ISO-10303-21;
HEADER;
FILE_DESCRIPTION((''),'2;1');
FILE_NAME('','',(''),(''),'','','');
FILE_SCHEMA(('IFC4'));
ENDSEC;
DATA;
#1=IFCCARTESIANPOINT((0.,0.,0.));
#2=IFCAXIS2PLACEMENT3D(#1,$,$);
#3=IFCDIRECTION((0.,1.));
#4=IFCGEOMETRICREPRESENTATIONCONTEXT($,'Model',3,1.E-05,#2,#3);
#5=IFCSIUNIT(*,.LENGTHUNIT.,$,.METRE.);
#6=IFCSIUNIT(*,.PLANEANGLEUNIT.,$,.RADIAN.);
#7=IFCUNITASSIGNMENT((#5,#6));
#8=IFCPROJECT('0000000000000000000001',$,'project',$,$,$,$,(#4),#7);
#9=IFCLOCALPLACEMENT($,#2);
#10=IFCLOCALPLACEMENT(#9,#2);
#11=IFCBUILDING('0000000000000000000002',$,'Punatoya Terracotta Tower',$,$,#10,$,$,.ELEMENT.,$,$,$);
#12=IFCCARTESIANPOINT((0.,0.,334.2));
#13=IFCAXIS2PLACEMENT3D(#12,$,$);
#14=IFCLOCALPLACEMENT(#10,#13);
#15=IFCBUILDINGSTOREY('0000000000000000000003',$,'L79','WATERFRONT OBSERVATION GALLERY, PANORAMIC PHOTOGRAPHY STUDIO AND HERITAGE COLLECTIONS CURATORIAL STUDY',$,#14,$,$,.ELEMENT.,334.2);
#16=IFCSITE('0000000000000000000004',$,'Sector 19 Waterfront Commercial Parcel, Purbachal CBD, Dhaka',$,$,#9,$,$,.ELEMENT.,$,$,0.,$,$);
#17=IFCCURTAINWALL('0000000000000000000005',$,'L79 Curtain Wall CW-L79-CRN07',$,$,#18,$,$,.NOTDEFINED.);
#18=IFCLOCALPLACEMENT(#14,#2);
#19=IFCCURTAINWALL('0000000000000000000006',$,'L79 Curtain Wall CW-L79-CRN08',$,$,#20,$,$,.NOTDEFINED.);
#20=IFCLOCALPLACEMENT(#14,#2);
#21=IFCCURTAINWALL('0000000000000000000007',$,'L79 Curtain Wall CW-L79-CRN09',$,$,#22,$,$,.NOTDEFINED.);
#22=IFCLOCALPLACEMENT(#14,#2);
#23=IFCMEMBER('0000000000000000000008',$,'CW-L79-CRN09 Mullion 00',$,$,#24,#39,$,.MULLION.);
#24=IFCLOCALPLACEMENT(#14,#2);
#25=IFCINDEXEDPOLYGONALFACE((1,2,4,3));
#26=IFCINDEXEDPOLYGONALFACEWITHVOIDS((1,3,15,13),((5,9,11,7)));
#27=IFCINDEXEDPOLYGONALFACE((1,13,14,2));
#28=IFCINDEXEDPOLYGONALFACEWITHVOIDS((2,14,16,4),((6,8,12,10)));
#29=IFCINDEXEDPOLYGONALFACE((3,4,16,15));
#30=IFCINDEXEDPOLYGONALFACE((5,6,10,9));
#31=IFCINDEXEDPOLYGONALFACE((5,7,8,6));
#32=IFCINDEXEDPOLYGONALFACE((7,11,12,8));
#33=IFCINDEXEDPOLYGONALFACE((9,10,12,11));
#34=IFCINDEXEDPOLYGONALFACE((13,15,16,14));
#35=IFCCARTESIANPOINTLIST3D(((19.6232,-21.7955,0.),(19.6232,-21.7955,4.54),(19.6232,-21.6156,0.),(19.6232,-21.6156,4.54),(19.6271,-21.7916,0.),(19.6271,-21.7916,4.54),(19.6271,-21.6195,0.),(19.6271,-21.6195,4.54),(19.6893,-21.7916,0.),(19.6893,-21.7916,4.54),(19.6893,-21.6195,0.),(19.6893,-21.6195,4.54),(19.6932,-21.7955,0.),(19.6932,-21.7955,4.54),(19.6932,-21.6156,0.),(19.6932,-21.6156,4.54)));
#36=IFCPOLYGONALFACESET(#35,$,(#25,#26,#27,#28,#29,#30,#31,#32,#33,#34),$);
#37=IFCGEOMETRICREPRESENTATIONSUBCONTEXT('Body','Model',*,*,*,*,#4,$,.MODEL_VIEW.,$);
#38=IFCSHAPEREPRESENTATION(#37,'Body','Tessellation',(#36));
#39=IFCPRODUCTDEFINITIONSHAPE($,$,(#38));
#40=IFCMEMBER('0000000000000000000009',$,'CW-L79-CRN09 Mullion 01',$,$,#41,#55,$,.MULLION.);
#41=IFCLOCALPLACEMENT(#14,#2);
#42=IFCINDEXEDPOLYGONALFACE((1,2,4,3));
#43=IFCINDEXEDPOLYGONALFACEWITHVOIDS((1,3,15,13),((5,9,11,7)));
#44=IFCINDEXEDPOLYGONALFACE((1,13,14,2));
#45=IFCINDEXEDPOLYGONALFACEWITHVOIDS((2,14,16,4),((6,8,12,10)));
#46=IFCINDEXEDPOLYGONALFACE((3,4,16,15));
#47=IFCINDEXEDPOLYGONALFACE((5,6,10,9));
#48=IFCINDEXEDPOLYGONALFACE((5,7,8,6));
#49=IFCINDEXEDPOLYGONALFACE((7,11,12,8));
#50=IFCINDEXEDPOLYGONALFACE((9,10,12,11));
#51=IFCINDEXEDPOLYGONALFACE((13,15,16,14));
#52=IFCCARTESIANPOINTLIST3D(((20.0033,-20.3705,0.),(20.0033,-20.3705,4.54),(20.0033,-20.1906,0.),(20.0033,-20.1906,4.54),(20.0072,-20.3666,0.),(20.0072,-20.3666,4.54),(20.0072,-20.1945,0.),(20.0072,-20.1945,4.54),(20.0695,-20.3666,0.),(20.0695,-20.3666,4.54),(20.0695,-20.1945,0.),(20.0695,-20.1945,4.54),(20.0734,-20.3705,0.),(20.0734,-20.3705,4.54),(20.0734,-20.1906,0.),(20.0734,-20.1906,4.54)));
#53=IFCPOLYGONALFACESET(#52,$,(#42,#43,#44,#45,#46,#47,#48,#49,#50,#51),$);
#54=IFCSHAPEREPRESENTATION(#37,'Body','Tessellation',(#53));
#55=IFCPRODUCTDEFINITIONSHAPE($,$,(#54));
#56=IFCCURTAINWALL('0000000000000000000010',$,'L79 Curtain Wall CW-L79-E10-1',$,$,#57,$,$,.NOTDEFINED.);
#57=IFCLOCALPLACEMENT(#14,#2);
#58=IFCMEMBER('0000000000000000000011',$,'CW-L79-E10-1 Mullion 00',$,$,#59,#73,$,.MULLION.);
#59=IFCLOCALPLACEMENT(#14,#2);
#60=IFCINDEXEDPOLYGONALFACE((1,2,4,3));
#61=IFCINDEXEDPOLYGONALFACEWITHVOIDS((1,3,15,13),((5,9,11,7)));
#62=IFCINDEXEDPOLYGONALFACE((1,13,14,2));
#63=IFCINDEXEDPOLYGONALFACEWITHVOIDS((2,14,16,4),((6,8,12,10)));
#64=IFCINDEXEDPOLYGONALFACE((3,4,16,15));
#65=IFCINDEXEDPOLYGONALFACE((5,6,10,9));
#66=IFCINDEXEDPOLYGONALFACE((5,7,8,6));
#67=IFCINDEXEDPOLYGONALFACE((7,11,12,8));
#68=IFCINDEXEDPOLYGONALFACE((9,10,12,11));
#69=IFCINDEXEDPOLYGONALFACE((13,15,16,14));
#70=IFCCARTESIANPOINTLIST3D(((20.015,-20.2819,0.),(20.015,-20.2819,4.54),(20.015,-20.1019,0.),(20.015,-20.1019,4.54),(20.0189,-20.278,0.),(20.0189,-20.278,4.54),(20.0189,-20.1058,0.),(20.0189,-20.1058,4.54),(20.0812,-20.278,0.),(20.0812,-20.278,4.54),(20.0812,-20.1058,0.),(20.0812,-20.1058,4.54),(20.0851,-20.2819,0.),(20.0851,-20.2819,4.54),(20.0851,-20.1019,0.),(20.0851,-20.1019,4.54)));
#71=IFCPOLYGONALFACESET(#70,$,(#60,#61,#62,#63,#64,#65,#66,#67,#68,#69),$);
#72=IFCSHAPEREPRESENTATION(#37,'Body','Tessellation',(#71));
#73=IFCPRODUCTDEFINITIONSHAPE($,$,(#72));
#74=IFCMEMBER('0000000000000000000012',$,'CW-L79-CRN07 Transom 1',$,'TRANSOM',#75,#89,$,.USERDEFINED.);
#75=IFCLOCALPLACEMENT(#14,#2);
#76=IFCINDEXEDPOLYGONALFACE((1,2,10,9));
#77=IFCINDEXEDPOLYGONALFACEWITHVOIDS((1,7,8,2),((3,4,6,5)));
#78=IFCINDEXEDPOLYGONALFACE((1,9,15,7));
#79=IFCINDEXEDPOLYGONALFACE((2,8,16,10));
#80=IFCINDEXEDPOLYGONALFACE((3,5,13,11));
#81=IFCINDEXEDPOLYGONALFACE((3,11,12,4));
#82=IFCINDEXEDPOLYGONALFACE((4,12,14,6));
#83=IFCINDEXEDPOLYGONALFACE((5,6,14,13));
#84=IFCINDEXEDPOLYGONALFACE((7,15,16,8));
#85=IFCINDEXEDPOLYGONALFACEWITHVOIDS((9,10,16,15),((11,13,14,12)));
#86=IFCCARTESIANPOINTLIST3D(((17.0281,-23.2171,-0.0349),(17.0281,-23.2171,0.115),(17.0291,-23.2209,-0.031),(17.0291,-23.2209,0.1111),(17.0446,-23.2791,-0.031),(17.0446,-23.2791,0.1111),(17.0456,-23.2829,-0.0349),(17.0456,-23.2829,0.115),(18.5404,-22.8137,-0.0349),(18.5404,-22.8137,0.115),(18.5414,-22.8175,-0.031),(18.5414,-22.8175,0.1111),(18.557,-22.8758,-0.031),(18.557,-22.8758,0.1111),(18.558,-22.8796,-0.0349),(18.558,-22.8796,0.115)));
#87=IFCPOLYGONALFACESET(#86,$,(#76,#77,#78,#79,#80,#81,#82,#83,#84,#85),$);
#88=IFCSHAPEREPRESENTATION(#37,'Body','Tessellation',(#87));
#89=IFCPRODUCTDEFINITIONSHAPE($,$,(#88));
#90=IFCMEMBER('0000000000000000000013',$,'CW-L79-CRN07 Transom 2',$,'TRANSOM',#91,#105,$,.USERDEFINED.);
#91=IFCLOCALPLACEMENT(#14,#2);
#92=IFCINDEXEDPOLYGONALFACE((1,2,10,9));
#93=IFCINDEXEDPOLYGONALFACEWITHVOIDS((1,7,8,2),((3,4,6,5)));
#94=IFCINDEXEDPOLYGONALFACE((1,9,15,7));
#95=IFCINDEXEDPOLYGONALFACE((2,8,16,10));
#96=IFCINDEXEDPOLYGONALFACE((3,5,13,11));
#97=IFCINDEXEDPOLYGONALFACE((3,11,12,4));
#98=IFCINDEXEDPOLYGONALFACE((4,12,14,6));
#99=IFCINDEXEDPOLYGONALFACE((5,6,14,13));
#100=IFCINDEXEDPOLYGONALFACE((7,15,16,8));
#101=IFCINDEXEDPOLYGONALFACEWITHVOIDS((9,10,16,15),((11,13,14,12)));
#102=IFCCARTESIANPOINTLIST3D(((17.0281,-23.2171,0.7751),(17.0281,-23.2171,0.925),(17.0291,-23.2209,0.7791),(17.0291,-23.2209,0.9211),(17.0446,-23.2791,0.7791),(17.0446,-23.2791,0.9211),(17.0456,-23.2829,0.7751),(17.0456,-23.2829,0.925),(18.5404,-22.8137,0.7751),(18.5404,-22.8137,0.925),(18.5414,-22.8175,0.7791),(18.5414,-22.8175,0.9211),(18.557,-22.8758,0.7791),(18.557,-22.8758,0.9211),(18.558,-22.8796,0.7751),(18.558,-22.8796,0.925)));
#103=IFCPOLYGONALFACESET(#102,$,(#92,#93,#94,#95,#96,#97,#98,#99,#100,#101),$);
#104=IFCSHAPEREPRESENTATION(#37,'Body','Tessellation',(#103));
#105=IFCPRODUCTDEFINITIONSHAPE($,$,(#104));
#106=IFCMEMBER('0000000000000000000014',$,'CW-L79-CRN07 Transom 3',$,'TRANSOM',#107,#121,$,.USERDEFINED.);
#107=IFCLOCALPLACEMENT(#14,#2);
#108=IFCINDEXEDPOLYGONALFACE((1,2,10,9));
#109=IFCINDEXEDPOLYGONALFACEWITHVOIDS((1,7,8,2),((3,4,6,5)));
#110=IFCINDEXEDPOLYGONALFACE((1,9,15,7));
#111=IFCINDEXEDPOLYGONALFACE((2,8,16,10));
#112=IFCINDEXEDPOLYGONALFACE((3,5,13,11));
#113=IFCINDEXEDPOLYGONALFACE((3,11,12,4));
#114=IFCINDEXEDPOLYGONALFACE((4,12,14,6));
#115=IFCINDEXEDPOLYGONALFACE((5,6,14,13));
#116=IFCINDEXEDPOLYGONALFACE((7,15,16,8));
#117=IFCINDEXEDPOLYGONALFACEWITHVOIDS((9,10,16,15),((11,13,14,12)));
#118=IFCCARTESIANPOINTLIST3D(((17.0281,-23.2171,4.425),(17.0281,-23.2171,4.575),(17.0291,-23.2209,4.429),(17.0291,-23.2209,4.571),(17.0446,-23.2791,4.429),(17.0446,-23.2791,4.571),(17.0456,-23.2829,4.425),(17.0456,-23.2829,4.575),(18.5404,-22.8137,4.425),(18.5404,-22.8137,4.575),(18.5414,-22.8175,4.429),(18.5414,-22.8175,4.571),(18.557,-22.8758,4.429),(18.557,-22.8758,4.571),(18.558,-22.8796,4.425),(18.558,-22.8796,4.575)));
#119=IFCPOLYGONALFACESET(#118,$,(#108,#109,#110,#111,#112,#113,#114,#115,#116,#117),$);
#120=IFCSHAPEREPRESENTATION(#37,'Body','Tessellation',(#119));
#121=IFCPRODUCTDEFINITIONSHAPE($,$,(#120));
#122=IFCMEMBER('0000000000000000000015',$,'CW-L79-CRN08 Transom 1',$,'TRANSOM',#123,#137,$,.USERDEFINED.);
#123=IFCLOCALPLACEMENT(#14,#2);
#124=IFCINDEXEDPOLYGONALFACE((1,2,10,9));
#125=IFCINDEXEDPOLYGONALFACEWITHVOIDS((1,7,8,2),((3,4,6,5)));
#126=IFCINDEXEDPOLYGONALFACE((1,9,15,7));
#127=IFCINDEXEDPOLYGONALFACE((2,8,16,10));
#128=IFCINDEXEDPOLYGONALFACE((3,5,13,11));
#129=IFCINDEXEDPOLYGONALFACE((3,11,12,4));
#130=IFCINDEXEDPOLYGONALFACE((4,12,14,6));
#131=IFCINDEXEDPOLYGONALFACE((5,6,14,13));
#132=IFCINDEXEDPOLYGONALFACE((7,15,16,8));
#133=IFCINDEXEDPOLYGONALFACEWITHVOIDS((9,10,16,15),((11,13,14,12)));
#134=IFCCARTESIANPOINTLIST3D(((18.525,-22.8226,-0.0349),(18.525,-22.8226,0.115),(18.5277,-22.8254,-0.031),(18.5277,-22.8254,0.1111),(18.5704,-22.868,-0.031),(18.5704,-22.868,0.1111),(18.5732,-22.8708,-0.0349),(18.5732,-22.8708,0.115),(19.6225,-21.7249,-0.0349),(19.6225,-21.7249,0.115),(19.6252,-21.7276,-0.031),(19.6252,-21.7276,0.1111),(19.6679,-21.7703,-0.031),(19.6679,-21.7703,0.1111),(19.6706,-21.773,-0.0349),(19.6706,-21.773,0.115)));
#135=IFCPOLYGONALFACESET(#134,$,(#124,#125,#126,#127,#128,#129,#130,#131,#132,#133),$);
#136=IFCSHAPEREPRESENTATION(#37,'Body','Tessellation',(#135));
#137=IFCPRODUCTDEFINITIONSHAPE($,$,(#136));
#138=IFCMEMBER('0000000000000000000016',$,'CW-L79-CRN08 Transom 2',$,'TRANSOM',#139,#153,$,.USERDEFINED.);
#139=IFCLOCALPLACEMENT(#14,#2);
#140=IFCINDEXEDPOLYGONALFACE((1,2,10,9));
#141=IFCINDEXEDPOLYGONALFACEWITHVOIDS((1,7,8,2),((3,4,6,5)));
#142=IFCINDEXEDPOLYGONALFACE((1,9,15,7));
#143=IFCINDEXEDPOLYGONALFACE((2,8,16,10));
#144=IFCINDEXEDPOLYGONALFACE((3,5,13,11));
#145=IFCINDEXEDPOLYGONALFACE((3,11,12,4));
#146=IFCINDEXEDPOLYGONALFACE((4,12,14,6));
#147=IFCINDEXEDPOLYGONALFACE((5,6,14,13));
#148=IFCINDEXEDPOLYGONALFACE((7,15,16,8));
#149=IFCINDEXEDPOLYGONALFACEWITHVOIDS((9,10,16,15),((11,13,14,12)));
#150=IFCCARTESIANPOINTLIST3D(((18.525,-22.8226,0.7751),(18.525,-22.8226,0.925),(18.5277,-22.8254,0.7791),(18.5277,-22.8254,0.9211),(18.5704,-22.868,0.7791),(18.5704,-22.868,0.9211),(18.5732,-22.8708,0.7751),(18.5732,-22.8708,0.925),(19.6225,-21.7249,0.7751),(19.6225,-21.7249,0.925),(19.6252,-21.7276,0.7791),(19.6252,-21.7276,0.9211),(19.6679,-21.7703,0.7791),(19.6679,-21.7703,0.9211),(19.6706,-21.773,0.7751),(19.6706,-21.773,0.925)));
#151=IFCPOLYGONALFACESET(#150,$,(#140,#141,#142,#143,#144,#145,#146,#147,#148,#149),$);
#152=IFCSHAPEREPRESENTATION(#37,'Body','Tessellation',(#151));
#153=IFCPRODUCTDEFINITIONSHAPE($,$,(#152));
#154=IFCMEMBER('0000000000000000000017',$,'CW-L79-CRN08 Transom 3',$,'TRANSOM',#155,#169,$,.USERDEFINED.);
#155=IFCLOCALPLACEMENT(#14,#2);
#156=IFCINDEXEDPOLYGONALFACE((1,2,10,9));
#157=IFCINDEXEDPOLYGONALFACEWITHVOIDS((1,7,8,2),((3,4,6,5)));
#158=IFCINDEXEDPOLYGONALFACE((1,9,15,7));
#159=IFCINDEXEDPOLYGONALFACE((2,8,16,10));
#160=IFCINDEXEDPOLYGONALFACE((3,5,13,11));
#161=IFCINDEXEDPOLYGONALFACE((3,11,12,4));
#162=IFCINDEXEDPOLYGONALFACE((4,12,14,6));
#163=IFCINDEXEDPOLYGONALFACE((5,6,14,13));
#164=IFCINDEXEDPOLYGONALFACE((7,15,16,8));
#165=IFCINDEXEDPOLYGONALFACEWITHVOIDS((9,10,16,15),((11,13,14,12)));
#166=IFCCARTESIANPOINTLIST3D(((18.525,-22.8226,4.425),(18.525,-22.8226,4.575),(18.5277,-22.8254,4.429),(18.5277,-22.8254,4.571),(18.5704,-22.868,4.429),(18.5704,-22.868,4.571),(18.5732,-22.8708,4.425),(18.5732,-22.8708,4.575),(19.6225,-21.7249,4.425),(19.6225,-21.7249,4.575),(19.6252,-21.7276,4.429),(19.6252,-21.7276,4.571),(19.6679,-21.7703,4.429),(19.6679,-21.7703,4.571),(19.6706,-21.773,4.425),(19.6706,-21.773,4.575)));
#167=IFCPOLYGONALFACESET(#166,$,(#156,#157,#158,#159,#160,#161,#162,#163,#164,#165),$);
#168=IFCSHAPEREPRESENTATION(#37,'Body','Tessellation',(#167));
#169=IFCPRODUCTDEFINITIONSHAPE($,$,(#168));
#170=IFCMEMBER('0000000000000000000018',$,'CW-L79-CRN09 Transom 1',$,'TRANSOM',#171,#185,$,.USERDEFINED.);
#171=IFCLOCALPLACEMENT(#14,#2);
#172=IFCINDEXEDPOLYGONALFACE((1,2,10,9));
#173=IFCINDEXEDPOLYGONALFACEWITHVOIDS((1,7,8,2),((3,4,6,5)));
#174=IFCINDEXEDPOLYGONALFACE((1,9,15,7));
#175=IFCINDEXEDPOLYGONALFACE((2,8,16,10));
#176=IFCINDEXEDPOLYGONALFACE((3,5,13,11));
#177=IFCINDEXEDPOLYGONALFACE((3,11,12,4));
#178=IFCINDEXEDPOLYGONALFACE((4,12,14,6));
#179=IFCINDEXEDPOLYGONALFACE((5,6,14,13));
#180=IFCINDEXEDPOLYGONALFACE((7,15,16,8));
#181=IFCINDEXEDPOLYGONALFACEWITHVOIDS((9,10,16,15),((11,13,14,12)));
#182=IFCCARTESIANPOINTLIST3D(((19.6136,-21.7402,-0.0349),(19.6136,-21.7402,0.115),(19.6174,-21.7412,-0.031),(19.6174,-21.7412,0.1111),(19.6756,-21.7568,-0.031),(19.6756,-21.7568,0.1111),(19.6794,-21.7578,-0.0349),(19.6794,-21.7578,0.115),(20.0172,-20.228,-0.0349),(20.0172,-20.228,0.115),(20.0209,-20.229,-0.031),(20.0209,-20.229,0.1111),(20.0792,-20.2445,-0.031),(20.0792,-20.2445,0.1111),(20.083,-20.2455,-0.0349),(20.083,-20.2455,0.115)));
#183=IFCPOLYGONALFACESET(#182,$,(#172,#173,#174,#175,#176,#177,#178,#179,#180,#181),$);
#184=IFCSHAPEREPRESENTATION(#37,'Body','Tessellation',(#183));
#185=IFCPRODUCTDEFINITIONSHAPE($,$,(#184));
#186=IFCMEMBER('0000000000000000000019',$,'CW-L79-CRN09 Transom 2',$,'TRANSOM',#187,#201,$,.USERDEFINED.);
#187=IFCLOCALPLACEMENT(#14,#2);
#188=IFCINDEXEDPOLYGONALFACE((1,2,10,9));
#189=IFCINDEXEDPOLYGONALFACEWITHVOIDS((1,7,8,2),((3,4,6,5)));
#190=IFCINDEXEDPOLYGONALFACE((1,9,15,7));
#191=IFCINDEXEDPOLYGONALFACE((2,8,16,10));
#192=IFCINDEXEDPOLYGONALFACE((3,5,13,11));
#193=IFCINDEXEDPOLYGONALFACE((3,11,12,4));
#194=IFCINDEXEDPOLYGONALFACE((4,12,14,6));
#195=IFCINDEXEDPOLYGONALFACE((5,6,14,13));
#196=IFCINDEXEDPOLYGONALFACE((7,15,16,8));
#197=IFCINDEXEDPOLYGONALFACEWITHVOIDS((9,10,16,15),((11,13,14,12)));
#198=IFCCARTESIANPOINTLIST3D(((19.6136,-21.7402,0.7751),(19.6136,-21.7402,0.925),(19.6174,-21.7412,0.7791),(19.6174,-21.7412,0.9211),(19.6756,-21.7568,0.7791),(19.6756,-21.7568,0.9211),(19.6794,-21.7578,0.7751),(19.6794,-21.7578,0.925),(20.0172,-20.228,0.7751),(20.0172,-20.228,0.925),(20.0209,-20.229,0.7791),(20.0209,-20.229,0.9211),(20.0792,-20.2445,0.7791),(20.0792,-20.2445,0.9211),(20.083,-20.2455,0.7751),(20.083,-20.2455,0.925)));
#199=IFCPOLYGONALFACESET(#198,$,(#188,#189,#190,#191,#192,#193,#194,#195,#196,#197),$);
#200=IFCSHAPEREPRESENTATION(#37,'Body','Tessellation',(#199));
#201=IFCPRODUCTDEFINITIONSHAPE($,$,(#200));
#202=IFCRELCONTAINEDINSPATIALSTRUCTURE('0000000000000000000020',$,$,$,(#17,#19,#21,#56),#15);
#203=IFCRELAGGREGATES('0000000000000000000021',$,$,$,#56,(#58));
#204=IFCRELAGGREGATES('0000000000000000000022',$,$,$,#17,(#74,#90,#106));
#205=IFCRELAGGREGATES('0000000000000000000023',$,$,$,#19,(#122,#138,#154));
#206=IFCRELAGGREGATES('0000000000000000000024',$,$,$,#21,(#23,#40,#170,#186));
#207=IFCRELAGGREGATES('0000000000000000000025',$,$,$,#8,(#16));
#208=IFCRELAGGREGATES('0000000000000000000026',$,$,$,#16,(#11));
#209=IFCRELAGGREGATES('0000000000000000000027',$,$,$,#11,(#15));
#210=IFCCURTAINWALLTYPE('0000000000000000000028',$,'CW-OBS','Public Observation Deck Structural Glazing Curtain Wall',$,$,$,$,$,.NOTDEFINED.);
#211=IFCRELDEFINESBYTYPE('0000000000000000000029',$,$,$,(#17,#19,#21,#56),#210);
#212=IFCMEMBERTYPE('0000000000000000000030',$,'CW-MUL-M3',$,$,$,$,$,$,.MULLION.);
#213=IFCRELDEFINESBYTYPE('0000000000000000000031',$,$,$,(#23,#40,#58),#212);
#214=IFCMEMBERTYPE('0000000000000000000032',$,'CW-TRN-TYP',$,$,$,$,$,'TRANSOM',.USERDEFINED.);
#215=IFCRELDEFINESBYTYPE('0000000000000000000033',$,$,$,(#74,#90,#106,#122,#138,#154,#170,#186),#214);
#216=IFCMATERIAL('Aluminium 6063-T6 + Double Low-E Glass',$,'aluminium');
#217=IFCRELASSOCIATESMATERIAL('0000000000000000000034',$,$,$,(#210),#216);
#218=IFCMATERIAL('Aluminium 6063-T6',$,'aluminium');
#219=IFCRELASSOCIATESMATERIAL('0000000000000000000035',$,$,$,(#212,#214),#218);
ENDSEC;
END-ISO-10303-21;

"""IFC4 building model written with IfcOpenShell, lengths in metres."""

from ifc_helpers import new_model, si_unit, direction, frame, origin, origin_2d, place, context, subcontext, project, spatial, hollow_rectangle, extrude, material, material_profile, profile_set, type_object, element, aggregate, save


model = new_model("IFC4")

# Units and contexts
model_context = context("Model", 3, precision=1e-05, world=origin(), true_north=direction((0.0, 1.0)))
body_context = subcontext(model_context, "Body", "Model", "MODEL_VIEW")
ifc_project = project(units=[si_unit("LENGTHUNIT", "METRE"), si_unit("PLANEANGLEUNIT", "RADIAN")], contexts=[model_context])

# Site, building, storey
site_placement = place(None, origin())
site = spatial("IfcSite", under=ifc_project, at=site_placement, Name="Sector 19 Waterfront Commercial Parcel, Purbachal CBD, Dhaka", CompositionType="ELEMENT", RefElevation=0.0)
building_placement = place(site_placement, origin())
building = spatial("IfcBuilding", under=site, at=building_placement, Name="Punatoya Terracotta Tower", CompositionType="ELEMENT")
storey_placement = place(building_placement, frame((0.0, 0.0, 334.2)))
storey = spatial("IfcBuildingStorey", under=building, at=storey_placement, Name="L79", Description="WATERFRONT OBSERVATION GALLERY, PANORAMIC PHOTOGRAPHY STUDIO AND HERITAGE COLLECTIONS CURATORIAL STUDY", CompositionType="ELEMENT", Elevation=334.2)

# Shared definitions
ifc_material_1 = material(Name="Aluminium 6063-T6 + Double Low-E Glass", Category="aluminium")
curtain_wall_type = type_object("IfcCurtainWallType", Name="CW-OBS", Description="Public Observation Deck Structural Glazing Curtain Wall", PredefinedType="NOTDEFINED", material=ifc_material_1)
ifc_material_2 = material(Name="Aluminium 6063-T6", Category="aluminium")
ifc_material_profile_1 = material_profile(ifc_material_2, hollow_rectangle(XDim=0.0701, YDim=0.1799, WallThickness=0.0039, at=origin_2d()))
ifc_profile_set_1 = profile_set([ifc_material_profile_1], Name="Aluminium 6063-T6")
member_type_1 = type_object("IfcMemberType", Name="CW-MUL-M3", PredefinedType="MULLION", material=ifc_profile_set_1)

# Curtain walls, members
curtain_wall_1_placement = place(storey_placement, origin())
curtain_wall_1 = element("IfcCurtainWall", 1, at=curtain_wall_1_placement, inside=storey, type_object=curtain_wall_type, Name="L79 Curtain Wall CW-L79-CRN07", PredefinedType="NOTDEFINED")
curtain_wall_2_placement = place(storey_placement, origin())
curtain_wall_2 = element("IfcCurtainWall", 2, at=curtain_wall_2_placement, inside=storey, type_object=curtain_wall_type, Name="L79 Curtain Wall CW-L79-CRN08", PredefinedType="NOTDEFINED")
curtain_wall_3_placement = place(storey_placement, origin())
curtain_wall_3 = element("IfcCurtainWall", 3, at=curtain_wall_3_placement, inside=storey, type_object=curtain_wall_type, Name="L79 Curtain Wall CW-L79-CRN09", PredefinedType="NOTDEFINED")
member_1_placement = place(storey_placement, frame((19.6582, -21.7056, 0.0), z_axis=(0.0, 0.0, 1.0), x_axis=(1.0, 0.0, 0.0)))
member_1 = element("IfcMember", 4, at=member_1_placement, type_object=member_type_1, Name="CW-L79-CRN09 Mullion 00", PredefinedType="MULLION", context=body_context, shape_type="SweptSolid", body=[
    extrude(hollow_rectangle(XDim=0.0701, YDim=0.1799, WallThickness=0.0039, at=origin_2d()), origin(), (0.0, 0.0, 1.0), 4.54),
])
member_2_placement = place(storey_placement, frame((20.0383, -20.2805, 0.0), z_axis=(0.0, 0.0, 1.0), x_axis=(1.0, 0.0, 0.0)))
member_2 = element("IfcMember", 5, at=member_2_placement, type_object=member_type_1, Name="CW-L79-CRN09 Mullion 01", PredefinedType="MULLION", context=body_context, shape_type="SweptSolid", body=[
    extrude(hollow_rectangle(XDim=0.0701, YDim=0.1799, WallThickness=0.0039, at=origin_2d()), origin(), (0.0, 0.0, 1.0), 4.54),
])

# Curtain wall, member
curtain_wall_4_placement = place(storey_placement, origin())
curtain_wall_4 = element("IfcCurtainWall", 6, at=curtain_wall_4_placement, inside=storey, type_object=curtain_wall_type, Name="L79 Curtain Wall CW-L79-E10-1", PredefinedType="NOTDEFINED")
member_3_placement = place(storey_placement, frame((20.05, -20.1919, 0.0), z_axis=(0.0, 0.0, 1.0), x_axis=(1.0, 0.0, 0.0)))
member_3 = element("IfcMember", 7, at=member_3_placement, type_object=member_type_1, Name="CW-L79-E10-1 Mullion 00", PredefinedType="MULLION", context=body_context, shape_type="SweptSolid", body=[
    extrude(hollow_rectangle(XDim=0.0701, YDim=0.1799, WallThickness=0.0039, at=origin_2d()), origin(), (0.0, 0.0, 1.0), 4.54),
])

# Members
ifc_material_profile_2 = material_profile(ifc_material_2, hollow_rectangle(XDim=0.0681, YDim=0.1499, WallThickness=0.0039, at=origin_2d()))
ifc_profile_set_2 = profile_set([ifc_material_profile_2], Name="Aluminium 6063-T6")
member_type_2 = type_object("IfcMemberType", Name="CW-TRN-TYP", ElementType="TRANSOM", PredefinedType="USERDEFINED", material=ifc_profile_set_2)
member_4_placement = place(storey_placement, frame((17.0369, -23.25, 0.04), z_axis=(0.966225, 0.257701, 0.0), x_axis=(-0.257701, 0.966225, 0.0)))
member_4 = element("IfcMember", 8, at=member_4_placement, type_object=member_type_2, Name="CW-L79-CRN07 Transom 1", ObjectType="TRANSOM", PredefinedType="USERDEFINED", context=body_context, shape_type="SweptSolid", body=[
    extrude(hollow_rectangle(XDim=0.0681, YDim=0.1499, WallThickness=0.0039, at=origin_2d()), origin(), (0.0, 0.0, 1.0), 1.5652),
])
member_5_placement = place(storey_placement, frame((17.0369, -23.25, 0.8501), z_axis=(0.966225, 0.257701, 0.0), x_axis=(-0.257701, 0.966225, 0.0)))
member_5 = element("IfcMember", 9, at=member_5_placement, type_object=member_type_2, Name="CW-L79-CRN07 Transom 2", ObjectType="TRANSOM", PredefinedType="USERDEFINED", context=body_context, shape_type="SweptSolid", body=[
    extrude(hollow_rectangle(XDim=0.0681, YDim=0.1499, WallThickness=0.0039, at=origin_2d()), origin(), (0.0, 0.0, 1.0), 1.5652),
])
member_6_placement = place(storey_placement, frame((17.0369, -23.25, 4.5), z_axis=(0.966225, 0.257701, 0.0), x_axis=(-0.257701, 0.966225, 0.0)))
member_6 = element("IfcMember", 10, at=member_6_placement, type_object=member_type_2, Name="CW-L79-CRN07 Transom 3", ObjectType="TRANSOM", PredefinedType="USERDEFINED", context=body_context, shape_type="SweptSolid", body=[
    extrude(hollow_rectangle(XDim=0.0681, YDim=0.1499, WallThickness=0.0039, at=origin_2d()), origin(), (0.0, 0.0, 1.0), 1.5652),
])
member_7_placement = place(storey_placement, frame((18.5491, -22.8467, 0.04), z_axis=(0.707028, 0.707185, 0.0), x_axis=(-0.707185, 0.707028, 0.0)))
member_7 = element("IfcMember", 11, at=member_7_placement, type_object=member_type_2, Name="CW-L79-CRN08 Transom 1", ObjectType="TRANSOM", PredefinedType="USERDEFINED", context=body_context, shape_type="SweptSolid", body=[
    extrude(hollow_rectangle(XDim=0.0681, YDim=0.1499, WallThickness=0.0039, at=origin_2d()), origin(), (0.0, 0.0, 1.0), 1.5522),
])
member_8_placement = place(storey_placement, frame((18.5491, -22.8467, 0.8501), z_axis=(0.707028, 0.707185, 0.0), x_axis=(-0.707185, 0.707028, 0.0)))
member_8 = element("IfcMember", 12, at=member_8_placement, type_object=member_type_2, Name="CW-L79-CRN08 Transom 2", ObjectType="TRANSOM", PredefinedType="USERDEFINED", context=body_context, shape_type="SweptSolid", body=[
    extrude(hollow_rectangle(XDim=0.0681, YDim=0.1499, WallThickness=0.0039, at=origin_2d()), origin(), (0.0, 0.0, 1.0), 1.5522),
])
member_9_placement = place(storey_placement, frame((18.5491, -22.8467, 4.5), z_axis=(0.707028, 0.707185, 0.0), x_axis=(-0.707185, 0.707028, 0.0)))
member_9 = element("IfcMember", 13, at=member_9_placement, type_object=member_type_2, Name="CW-L79-CRN08 Transom 3", ObjectType="TRANSOM", PredefinedType="USERDEFINED", context=body_context, shape_type="SweptSolid", body=[
    extrude(hollow_rectangle(XDim=0.0681, YDim=0.1499, WallThickness=0.0039, at=origin_2d()), origin(), (0.0, 0.0, 1.0), 1.5522),
])
member_10_placement = place(storey_placement, frame((19.6465, -21.749, 0.04), z_axis=(0.257847, 0.966186, 0.0), x_axis=(-0.966186, 0.257847, 0.0)))
member_10 = element("IfcMember", 14, at=member_10_placement, type_object=member_type_2, Name="CW-L79-CRN09 Transom 1", ObjectType="TRANSOM", PredefinedType="USERDEFINED", context=body_context, shape_type="SweptSolid", body=[
    extrude(hollow_rectangle(XDim=0.0681, YDim=0.1499, WallThickness=0.0039, at=origin_2d()), origin(), (0.0, 0.0, 1.0), 1.5652),
])
member_11_placement = place(storey_placement, frame((19.6465, -21.749, 0.8501), z_axis=(0.257847, 0.966186, 0.0), x_axis=(-0.966186, 0.257847, 0.0)))
member_11 = element("IfcMember", 15, at=member_11_placement, type_object=member_type_2, Name="CW-L79-CRN09 Transom 2", ObjectType="TRANSOM", PredefinedType="USERDEFINED", context=body_context, shape_type="SweptSolid", body=[
    extrude(hollow_rectangle(XDim=0.0681, YDim=0.1499, WallThickness=0.0039, at=origin_2d()), origin(), (0.0, 0.0, 1.0), 1.5652),
])
aggregate(curtain_wall_4, [member_3])

aggregate(curtain_wall_1, [member_4, member_5, member_6])
aggregate(curtain_wall_2, [member_7, member_8, member_9])
aggregate(curtain_wall_3, [member_1, member_2, member_10, member_11])

save(model, "model.ifc")
